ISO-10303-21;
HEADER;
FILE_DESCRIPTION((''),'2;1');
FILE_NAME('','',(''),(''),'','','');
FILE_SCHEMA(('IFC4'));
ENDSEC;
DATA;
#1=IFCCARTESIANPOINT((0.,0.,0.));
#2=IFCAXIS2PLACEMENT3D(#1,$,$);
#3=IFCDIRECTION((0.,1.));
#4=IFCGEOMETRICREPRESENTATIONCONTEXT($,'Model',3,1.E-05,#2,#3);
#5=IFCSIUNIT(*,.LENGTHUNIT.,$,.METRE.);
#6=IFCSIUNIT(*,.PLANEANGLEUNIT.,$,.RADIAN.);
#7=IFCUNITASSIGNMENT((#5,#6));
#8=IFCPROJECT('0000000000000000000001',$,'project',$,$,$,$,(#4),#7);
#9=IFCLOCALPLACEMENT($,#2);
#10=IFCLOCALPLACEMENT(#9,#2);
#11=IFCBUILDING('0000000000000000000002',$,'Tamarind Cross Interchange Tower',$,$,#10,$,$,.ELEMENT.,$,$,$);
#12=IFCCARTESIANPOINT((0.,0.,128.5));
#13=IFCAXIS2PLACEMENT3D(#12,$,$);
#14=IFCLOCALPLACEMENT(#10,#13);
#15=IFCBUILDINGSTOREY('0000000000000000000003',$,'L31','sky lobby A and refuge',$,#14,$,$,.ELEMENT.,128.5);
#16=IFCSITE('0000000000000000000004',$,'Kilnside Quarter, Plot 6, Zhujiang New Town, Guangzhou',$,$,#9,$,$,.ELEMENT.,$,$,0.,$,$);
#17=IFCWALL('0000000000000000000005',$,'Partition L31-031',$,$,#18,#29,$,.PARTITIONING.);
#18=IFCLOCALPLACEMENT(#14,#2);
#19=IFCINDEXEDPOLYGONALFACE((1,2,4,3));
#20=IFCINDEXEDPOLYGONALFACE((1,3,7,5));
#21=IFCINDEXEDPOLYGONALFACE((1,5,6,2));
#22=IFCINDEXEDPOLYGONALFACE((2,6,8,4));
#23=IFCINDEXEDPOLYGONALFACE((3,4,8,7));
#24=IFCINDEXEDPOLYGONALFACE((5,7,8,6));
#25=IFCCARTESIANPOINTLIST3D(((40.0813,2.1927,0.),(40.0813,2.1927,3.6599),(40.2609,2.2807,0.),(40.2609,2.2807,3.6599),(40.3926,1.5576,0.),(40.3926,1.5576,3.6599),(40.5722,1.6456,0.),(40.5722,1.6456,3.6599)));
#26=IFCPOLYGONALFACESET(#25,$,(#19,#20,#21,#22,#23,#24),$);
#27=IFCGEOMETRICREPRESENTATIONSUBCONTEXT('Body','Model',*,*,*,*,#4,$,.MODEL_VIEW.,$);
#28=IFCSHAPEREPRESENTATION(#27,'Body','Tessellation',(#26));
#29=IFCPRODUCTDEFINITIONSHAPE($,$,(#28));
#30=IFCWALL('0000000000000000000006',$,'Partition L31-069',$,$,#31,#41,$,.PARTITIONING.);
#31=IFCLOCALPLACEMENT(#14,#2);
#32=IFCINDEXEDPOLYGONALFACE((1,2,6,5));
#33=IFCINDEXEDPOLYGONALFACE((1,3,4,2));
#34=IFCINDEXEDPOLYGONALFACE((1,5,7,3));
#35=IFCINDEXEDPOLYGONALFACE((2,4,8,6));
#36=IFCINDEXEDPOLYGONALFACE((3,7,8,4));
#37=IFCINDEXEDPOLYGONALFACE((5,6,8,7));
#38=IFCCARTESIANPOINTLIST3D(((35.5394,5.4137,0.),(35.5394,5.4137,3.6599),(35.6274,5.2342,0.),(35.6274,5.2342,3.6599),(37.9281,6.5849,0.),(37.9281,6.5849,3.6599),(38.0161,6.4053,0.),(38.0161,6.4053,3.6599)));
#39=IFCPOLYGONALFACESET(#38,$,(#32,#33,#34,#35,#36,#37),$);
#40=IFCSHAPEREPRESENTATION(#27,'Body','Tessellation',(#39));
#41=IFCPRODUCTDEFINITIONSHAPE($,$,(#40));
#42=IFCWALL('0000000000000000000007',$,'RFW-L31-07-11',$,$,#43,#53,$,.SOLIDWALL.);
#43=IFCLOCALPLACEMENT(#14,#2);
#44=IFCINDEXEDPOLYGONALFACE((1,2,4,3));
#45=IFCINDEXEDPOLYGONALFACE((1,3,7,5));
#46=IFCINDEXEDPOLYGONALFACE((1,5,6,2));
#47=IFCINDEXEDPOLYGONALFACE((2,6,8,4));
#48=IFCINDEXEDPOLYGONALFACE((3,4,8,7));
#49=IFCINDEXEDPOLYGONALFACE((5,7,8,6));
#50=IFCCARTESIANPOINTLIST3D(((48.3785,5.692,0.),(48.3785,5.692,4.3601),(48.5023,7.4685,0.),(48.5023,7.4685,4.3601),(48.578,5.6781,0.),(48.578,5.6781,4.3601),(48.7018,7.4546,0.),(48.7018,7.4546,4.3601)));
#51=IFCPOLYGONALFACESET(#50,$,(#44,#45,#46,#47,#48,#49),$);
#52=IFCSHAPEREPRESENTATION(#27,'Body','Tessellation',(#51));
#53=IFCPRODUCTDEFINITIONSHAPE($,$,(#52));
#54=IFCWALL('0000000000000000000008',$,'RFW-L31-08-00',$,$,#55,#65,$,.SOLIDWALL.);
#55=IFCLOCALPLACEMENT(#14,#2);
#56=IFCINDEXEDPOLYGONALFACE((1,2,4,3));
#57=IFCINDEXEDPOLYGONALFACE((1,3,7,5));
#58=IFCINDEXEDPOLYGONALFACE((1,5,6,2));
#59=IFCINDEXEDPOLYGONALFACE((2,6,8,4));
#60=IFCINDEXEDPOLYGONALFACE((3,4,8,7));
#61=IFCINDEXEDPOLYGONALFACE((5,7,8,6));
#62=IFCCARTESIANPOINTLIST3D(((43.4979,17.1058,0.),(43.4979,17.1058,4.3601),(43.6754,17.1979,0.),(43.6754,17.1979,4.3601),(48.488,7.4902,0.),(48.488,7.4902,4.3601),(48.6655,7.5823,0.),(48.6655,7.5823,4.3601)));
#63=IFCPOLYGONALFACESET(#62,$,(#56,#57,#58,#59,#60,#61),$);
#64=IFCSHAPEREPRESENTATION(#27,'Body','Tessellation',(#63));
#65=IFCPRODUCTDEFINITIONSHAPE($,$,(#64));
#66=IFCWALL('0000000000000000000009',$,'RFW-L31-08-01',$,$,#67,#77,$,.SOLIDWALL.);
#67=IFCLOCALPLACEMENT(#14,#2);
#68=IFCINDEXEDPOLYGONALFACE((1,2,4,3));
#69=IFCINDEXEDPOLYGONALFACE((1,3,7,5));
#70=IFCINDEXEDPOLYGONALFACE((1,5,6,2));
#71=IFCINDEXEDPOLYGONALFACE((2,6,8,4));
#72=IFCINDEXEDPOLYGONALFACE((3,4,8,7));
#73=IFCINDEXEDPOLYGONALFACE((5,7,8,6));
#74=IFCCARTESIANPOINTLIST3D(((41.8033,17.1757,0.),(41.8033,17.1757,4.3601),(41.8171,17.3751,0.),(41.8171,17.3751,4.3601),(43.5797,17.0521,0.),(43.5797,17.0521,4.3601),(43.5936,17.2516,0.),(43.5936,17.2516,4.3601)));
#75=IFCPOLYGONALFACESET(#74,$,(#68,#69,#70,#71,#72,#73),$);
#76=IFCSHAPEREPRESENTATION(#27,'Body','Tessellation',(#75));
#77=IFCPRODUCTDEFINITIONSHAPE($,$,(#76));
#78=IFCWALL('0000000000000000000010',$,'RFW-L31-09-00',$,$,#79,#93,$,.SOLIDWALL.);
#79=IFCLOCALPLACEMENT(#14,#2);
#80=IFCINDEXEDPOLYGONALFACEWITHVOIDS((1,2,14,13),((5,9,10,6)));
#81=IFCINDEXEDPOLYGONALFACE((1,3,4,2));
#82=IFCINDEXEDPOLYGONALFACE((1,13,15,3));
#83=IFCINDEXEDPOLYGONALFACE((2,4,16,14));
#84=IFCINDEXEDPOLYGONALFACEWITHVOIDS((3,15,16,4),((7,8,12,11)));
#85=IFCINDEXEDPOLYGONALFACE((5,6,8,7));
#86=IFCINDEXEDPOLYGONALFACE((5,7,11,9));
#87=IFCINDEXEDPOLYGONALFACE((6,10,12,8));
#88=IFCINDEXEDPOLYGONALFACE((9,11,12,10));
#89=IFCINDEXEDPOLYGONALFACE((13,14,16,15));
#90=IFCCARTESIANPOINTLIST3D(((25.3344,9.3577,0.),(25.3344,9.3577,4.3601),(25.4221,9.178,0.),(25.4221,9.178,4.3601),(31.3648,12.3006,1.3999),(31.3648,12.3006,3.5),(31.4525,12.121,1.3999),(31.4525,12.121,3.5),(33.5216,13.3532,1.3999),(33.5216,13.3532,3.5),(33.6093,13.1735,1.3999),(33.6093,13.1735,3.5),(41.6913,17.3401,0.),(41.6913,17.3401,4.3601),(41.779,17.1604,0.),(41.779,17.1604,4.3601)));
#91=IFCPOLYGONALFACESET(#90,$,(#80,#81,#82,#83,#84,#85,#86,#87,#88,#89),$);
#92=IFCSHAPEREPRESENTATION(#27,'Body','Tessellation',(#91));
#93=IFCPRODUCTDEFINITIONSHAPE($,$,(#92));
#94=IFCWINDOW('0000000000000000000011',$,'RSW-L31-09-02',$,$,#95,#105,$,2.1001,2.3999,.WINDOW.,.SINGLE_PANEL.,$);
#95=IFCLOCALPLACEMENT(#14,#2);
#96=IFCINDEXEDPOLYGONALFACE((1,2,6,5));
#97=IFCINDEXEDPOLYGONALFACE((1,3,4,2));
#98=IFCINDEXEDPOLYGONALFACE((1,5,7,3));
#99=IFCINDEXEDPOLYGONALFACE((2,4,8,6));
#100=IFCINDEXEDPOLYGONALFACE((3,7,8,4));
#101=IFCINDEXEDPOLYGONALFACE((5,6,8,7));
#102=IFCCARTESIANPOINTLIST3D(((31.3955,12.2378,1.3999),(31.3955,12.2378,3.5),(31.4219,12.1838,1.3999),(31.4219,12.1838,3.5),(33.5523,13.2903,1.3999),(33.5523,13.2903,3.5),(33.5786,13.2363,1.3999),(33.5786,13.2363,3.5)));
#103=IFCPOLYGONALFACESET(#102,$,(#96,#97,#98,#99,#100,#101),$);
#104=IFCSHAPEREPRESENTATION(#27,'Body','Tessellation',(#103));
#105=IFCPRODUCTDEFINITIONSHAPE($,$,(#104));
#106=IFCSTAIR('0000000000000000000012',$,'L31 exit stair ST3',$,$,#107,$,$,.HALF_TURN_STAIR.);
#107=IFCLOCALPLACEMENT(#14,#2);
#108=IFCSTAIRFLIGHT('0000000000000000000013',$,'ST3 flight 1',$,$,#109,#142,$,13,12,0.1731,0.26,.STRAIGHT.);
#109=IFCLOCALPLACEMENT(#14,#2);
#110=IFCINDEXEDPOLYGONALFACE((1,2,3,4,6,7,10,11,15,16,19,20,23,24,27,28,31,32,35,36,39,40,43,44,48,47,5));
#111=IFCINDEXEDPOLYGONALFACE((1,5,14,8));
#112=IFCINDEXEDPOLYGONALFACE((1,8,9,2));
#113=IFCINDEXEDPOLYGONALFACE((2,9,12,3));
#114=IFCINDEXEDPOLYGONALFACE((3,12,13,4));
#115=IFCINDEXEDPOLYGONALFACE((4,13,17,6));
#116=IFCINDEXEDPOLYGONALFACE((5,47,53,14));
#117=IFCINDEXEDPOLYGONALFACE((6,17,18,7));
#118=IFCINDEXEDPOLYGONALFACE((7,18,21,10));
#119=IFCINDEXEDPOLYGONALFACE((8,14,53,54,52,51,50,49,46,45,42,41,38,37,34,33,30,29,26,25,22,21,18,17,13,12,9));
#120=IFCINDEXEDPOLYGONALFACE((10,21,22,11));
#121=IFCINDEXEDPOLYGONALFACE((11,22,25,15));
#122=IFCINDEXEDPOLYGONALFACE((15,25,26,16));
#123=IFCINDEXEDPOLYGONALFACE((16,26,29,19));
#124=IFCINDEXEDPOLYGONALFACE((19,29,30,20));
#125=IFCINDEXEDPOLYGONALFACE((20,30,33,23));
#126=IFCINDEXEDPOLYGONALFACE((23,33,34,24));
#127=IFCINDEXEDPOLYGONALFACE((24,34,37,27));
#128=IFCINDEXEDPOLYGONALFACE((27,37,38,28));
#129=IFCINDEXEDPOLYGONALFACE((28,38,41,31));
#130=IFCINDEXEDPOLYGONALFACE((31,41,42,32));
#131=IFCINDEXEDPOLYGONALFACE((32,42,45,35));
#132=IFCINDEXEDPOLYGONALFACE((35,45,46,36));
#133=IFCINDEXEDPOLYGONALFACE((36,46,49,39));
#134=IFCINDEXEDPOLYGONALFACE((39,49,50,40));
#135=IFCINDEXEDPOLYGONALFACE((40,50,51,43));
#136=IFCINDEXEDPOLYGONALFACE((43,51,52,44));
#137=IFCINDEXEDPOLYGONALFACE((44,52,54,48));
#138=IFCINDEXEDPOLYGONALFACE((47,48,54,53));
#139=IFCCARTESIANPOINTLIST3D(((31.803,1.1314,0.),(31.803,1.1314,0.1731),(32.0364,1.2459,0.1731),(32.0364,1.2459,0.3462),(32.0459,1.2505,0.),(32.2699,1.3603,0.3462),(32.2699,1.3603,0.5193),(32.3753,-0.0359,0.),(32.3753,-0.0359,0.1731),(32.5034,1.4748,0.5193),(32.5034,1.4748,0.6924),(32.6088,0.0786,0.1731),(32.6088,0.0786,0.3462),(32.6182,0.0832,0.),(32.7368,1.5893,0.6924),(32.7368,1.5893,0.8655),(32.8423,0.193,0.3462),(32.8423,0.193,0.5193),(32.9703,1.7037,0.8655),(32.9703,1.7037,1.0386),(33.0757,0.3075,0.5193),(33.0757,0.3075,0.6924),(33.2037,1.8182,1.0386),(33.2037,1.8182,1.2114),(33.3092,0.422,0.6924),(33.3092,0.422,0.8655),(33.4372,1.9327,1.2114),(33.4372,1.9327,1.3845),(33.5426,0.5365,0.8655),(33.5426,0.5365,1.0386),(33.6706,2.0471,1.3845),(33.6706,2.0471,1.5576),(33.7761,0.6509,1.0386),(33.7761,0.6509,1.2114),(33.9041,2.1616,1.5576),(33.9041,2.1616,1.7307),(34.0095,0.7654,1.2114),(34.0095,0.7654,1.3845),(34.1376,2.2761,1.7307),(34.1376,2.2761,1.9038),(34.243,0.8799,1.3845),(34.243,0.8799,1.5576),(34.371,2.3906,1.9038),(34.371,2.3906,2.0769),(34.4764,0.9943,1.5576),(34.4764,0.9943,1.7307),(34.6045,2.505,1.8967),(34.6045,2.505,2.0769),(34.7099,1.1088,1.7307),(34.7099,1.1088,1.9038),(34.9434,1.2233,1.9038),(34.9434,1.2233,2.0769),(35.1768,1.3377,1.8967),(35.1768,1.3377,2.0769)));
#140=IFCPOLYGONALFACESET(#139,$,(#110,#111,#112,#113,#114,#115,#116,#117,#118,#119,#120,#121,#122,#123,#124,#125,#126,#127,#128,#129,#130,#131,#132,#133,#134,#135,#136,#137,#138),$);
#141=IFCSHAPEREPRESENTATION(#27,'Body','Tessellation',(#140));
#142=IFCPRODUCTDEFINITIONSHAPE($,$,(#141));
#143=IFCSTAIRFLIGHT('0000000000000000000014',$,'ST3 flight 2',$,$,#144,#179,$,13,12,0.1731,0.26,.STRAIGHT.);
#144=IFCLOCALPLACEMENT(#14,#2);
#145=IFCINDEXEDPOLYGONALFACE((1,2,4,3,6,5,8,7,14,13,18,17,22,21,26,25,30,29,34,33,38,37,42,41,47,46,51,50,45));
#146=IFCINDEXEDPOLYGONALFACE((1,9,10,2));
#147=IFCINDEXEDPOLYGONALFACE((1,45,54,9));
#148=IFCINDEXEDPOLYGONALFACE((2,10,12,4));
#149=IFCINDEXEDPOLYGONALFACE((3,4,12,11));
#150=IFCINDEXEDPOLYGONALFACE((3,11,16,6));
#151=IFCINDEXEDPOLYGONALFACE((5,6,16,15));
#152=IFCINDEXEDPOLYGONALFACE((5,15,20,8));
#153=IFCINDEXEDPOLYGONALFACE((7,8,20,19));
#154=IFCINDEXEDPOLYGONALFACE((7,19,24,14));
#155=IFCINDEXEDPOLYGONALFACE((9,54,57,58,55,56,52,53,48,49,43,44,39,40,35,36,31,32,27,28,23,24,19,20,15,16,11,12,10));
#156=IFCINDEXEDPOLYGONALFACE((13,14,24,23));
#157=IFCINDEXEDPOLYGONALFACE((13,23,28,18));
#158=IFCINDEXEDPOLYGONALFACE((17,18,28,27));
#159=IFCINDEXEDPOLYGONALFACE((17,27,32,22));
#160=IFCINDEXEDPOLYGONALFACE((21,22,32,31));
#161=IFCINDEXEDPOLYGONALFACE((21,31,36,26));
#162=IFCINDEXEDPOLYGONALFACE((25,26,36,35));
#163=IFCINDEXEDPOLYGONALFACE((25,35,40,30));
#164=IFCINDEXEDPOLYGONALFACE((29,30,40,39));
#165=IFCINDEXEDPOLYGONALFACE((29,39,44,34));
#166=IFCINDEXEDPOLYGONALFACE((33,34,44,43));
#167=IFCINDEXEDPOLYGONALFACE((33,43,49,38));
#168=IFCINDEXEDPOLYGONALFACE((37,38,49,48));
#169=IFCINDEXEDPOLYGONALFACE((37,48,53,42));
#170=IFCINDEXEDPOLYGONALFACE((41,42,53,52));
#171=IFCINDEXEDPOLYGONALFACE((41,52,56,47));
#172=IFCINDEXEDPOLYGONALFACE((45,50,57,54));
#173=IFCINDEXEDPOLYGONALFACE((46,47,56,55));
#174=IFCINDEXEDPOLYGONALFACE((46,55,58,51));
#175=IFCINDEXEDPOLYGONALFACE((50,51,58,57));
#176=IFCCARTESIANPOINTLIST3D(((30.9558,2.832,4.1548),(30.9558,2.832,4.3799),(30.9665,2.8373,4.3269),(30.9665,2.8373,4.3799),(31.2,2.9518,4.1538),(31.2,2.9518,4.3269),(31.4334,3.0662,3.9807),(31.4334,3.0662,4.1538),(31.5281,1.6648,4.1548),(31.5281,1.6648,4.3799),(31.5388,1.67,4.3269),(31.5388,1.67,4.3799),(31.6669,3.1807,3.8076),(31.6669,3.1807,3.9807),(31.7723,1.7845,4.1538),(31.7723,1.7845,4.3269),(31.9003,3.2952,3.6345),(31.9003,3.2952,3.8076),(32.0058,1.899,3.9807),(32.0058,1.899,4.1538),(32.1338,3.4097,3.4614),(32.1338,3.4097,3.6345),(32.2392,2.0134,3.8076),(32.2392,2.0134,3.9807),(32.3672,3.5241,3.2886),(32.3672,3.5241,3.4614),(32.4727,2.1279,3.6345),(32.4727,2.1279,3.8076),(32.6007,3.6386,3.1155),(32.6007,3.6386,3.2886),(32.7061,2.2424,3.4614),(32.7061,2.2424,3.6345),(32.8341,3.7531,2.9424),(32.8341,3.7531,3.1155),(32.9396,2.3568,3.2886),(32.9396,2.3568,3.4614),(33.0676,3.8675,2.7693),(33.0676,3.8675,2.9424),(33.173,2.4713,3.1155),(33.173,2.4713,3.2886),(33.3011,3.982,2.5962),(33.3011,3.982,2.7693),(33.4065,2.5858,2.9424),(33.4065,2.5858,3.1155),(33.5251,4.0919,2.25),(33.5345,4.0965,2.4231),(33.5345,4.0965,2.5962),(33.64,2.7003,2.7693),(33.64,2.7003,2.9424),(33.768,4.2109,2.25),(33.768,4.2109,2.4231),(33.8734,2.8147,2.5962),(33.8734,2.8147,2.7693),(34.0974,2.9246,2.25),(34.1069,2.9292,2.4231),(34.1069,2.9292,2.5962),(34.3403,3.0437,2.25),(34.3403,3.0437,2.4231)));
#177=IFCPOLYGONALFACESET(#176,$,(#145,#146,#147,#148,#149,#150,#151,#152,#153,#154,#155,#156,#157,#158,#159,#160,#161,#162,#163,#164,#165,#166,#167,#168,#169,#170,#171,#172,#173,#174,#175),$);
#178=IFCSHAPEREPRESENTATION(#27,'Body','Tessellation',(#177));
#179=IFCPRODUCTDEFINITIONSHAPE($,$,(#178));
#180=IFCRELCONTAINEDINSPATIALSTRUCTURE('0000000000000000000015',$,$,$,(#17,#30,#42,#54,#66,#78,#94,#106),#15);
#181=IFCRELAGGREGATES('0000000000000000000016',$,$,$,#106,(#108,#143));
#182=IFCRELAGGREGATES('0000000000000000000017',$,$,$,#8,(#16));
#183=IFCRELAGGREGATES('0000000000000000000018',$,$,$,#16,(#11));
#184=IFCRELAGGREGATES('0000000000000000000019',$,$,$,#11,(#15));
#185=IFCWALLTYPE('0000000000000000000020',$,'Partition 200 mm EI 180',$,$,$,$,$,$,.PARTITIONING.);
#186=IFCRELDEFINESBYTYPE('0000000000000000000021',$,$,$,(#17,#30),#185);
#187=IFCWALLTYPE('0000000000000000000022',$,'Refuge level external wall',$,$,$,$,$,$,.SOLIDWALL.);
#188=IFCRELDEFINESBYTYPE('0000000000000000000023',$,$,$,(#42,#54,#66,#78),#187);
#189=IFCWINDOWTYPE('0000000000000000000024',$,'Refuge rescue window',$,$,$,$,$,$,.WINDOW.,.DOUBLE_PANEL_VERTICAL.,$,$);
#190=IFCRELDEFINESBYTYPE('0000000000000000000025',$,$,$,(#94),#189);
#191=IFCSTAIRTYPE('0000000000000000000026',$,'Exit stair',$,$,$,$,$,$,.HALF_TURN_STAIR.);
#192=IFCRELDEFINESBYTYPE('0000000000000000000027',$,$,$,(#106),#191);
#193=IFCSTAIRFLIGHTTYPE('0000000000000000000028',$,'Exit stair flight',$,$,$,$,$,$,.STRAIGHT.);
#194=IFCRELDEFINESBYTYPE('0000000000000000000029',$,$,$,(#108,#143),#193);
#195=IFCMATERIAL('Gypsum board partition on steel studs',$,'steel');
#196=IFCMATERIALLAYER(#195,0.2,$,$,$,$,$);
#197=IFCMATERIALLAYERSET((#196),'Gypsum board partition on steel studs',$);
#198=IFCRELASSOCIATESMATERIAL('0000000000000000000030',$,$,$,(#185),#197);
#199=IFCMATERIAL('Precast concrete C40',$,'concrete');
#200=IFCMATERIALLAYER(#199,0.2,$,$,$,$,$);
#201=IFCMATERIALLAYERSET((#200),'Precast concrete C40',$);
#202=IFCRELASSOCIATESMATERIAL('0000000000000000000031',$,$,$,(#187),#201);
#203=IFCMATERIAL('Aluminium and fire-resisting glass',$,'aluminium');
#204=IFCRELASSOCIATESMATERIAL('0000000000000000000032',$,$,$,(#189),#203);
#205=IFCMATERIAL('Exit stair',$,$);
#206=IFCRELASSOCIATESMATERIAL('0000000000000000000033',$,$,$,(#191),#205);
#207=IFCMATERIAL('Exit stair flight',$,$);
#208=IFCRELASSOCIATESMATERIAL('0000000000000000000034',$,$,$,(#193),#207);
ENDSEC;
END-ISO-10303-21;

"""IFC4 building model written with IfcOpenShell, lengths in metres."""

from ifc_helpers import new_model, si_unit, direction, frame, frame_2d, origin, place, context, subcontext, project, spatial, polyline, rectangle, outline, extrude, material, layer, layer_set, type_object, element, fill, aggregate, save


model = new_model("IFC4")

# Units and contexts
model_context = context("Model", 3, precision=1e-05, world=origin(), true_north=direction((0.0, 1.0)))
body_context = subcontext(model_context, "Body", "Model", "MODEL_VIEW")
ifc_project = project(units=[si_unit("LENGTHUNIT", "METRE"), si_unit("PLANEANGLEUNIT", "RADIAN")], contexts=[model_context])

# Site, building, storey
site_placement = place(None, origin())
site = spatial("IfcSite", under=ifc_project, at=site_placement, Name="Kilnside Quarter, Plot 6, Zhujiang New Town, Guangzhou", CompositionType="ELEMENT", RefElevation=0.0)
building_placement = place(site_placement, origin())
building = spatial("IfcBuilding", under=site, at=building_placement, Name="Tamarind Cross Interchange Tower", CompositionType="ELEMENT")
storey_placement = place(building_placement, frame((0.0, 0.0, 128.5)))
storey = spatial("IfcBuildingStorey", under=building, at=storey_placement, Name="L31", Description="sky lobby A and refuge", CompositionType="ELEMENT", Elevation=128.5)

# Shared definitions
ifc_material_1 = material(Name="Gypsum board partition on steel studs", Category="steel")
ifc_layer_1 = layer(ifc_material_1, 0.2)
ifc_layer_set_1 = layer_set([ifc_layer_1], Name="Gypsum board partition on steel studs")
wall_type_1 = type_object("IfcWallType", Name="Partition 200 mm EI 180", PredefinedType="PARTITIONING", material=ifc_layer_set_1)

# Walls
wall_1_placement = place(storey_placement, frame((40.1711, 2.2366, 0.0), z_axis=(0.0, 0.0, 1.0), x_axis=(0.440157, -0.897921, 0.0)))
element("IfcWall", 1, at=wall_1_placement, inside=storey, type_object=wall_type_1, Name="Partition L31-031", PredefinedType="PARTITIONING", context=body_context, shape_type="SweptSolid", body=[
    extrude(rectangle(XDim=0.7073, YDim=0.2, at=frame_2d((0.3535, 0.0))), origin(), (0.0, 0.0, 1.0), 3.6599),
])
wall_2_placement = place(storey_placement, frame((35.5835, 5.324, 0.0), z_axis=(0.0, 0.0, 1.0), x_axis=(0.897887, 0.440225, 0.0)))
element("IfcWall", 2, at=wall_2_placement, inside=storey, type_object=wall_type_1, Name="Partition L31-069", PredefinedType="PARTITIONING", context=body_context, shape_type="SweptSolid", body=[
    extrude(rectangle(XDim=2.6604, YDim=0.2, at=frame_2d((1.3301, 0.0))), origin(), (0.0, 0.0, 1.0), 3.6599),
])
ifc_material_2 = material(Name="Precast concrete C40", Category="concrete")
ifc_layer_2 = layer(ifc_material_2, 0.2)
ifc_layer_set_2 = layer_set([ifc_layer_2], Name="Precast concrete C40")
wall_type_2 = type_object("IfcWallType", Name="Refuge level external wall", PredefinedType="SOLIDWALL", material=ifc_layer_set_2)
wall_3_placement = place(storey_placement, frame((48.4783, 5.6851, 0.0), z_axis=(0.0, 0.0, 1.0), x_axis=(0.069513, 0.997581, 0.0)))
element("IfcWall", 3, at=wall_3_placement, inside=storey, type_object=wall_type_2, Name="RFW-L31-07-11", PredefinedType="SOLIDWALL", context=body_context, shape_type="SweptSolid", body=[
    extrude(rectangle(XDim=1.7808, YDim=0.2, at=frame_2d((0.8904, 0.0))), origin(), (0.0, 0.0, 1.0), 4.3601),
])
wall_4_placement = place(storey_placement, frame((48.5767, 7.5364, 0.0), z_axis=(0.0, 0.0, 1.0), x_axis=(-0.460622, 0.887597, 0.0)))
element("IfcWall", 4, at=wall_4_placement, inside=storey, type_object=wall_type_2, Name="RFW-L31-08-00", PredefinedType="SOLIDWALL", context=body_context, shape_type="SweptSolid", body=[
    extrude(rectangle(XDim=10.8333, YDim=0.2, at=frame_2d((5.4165, 0.0))), origin(), (0.0, 0.0, 1.0), 4.3601),
])
wall_5_placement = place(storey_placement, frame((43.5867, 17.1519, 0.0), z_axis=(0.0, 0.0, 1.0), x_axis=(-0.997591, 0.069376, 0.0)))
element("IfcWall", 5, at=wall_5_placement, inside=storey, type_object=wall_type_2, Name="RFW-L31-08-01", PredefinedType="SOLIDWALL", context=body_context, shape_type="SweptSolid", body=[
    extrude(rectangle(XDim=1.7808, YDim=0.2, at=frame_2d((0.8904, 0.0))), origin(), (0.0, 0.0, 1.0), 4.3601),
])

# Wall, opening, window
wall_6_placement = place(storey_placement, frame((41.7351, 17.2502, 0.0), z_axis=(0.0, 0.0, 1.0), x_axis=(-0.898694, -0.438576, 0.0)))
wall_6 = element("IfcWall", 6, at=wall_6_placement, inside=storey, type_object=wall_type_2, Name="RFW-L31-09-00", PredefinedType="SOLIDWALL", context=body_context, shape_type="SweptSolid", body=[
    extrude(rectangle(XDim=18.2007, YDim=0.2, at=frame_2d((9.1003, 0.0))), origin(), (0.0, 0.0, 1.0), 4.3601),
])
opening_1_placement = place(wall_6_placement, frame((9.0906, 0.0, 1.3999)))
opening_1 = element("IfcOpeningElement", 7, at=opening_1_placement, cuts=wall_6, PredefinedType="OPENING", context=body_context, shape_type="SweptSolid", body=[
    extrude(rectangle(XDim=2.3999, YDim=2.1001, at=frame_2d((1.2, 1.05))), frame((0.0, 0.1099, 0.0), z_axis=(0.0, -1.0, 0.0), x_axis=(1.0, 0.0, 0.0)), (0.0, 0.0, 1.0), 0.22),
])
ifc_material_3 = material(Name="Aluminium and fire-resisting glass", Category="aluminium")
window_type = type_object("IfcWindowType", Name="Refuge rescue window", PartitioningType="DOUBLE_PANEL_VERTICAL", PredefinedType="WINDOW", material=ifc_material_3)
window_placement = place(opening_1_placement, origin())
window = element("IfcWindow", 8, at=window_placement, inside=storey, type_object=window_type, Name="RSW-L31-09-02", OverallHeight=2.1001, OverallWidth=2.3999, PartitioningType="SINGLE_PANEL", PredefinedType="WINDOW", context=body_context, shape_type="SweptSolid", body=[
    extrude(rectangle(XDim=2.3999, YDim=2.1001, at=frame_2d((1.2, 1.05))), frame((0.0, 0.03, 0.0), z_axis=(0.0, -1.0, 0.0), x_axis=(1.0, 0.0, 0.0)), (0.0, 0.0, 1.0), 0.0601),
])
fill(opening_1, window)

# Stair, stair flights
ifc_material_4 = material(Name="Exit stair")
stair_type = type_object("IfcStairType", Name="Exit stair", PredefinedType="HALF_TURN_STAIR", material=ifc_material_4)
stair_placement = place(storey_placement, origin())
stair = element("IfcStair", 9, at=stair_placement, inside=storey, type_object=stair_type, Name="L31 exit stair ST3", PredefinedType="HALF_TURN_STAIR")
ifc_material_5 = material(Name="Exit stair flight")
stair_flight_type = type_object("IfcStairFlightType", Name="Exit stair flight", PredefinedType="STRAIGHT", material=ifc_material_5)
stair_flight_1_placement = place(storey_placement, frame((32.0891, 0.5479, 0.0), z_axis=(0.0, 0.0, 1.0), x_axis=(0.897874, 0.440253, 0.0)))
stair_flight_1 = element("IfcStairFlight", 10, at=stair_flight_1_placement, type_object=stair_flight_type, Name="ST3 flight 1", NumberOfRisers=13, NumberOfTreads=12, PredefinedType="STRAIGHT", RiserHeight=0.1731, TreadLength=0.26, context=body_context, shape_type="SweptSolid", body=[
    extrude(outline(polyline([(0.0, 0.0), (0.0, 0.1731), (0.26, 0.1731), (0.26, 0.3462), (0.52, 0.3462), (0.52, 0.5193), (0.78, 0.5193), (0.78, 0.6924), (1.04, 0.6924), (1.04, 0.8655), (1.3, 0.8655), (1.3, 1.0386), (1.5601, 1.0386), (1.5601, 1.2114), (1.8201, 1.2114), (1.8201, 1.3845), (2.0801, 1.3845), (2.0801, 1.5576), (2.3401, 1.5576), (2.3401, 1.7307), (2.6001, 1.7307), (2.6001, 1.9038), (2.8601, 1.9038), (2.8601, 2.0769), (3.1201, 2.0769), (3.1201, 2.25), (3.1201, 1.8967), (0.2705, 0.0), (0.0, 0.0)])), frame((0.0, 0.6499, 0.0), z_axis=(0.0, -1.0, 0.0), x_axis=(1.0, 0.0, 0.0)), (0.0, 0.0, 1.0), 1.3),
])
stair_flight_2_placement = place(storey_placement, frame((34.0542, 3.6272, 2.25), z_axis=(0.0, 0.0, 1.0), x_axis=(-0.897874, -0.440253, 0.0)))
stair_flight_2 = element("IfcStairFlight", 11, at=stair_flight_2_placement, type_object=stair_flight_type, Name="ST3 flight 2", NumberOfRisers=13, NumberOfTreads=12, PredefinedType="STRAIGHT", RiserHeight=0.1731, TreadLength=0.26, context=body_context, shape_type="SweptSolid", body=[
    extrude(outline(polyline([(0.0, 0.0), (0.0, 0.1731), (0.26, 0.1731), (0.26, 0.3462), (0.52, 0.3462), (0.52, 0.5193), (0.78, 0.5193), (0.78, 0.6924), (1.04, 0.6924), (1.04, 0.8655), (1.3, 0.8655), (1.3, 1.0386), (1.5601, 1.0386), (1.5601, 1.2114), (1.8201, 1.2114), (1.8201, 1.3845), (2.0801, 1.3845), (2.0801, 1.5576), (2.3401, 1.5576), (2.3401, 1.7307), (2.6001, 1.7307), (2.6001, 1.9038), (2.8601, 1.9038), (2.8601, 2.0769), (3.1201, 2.0769), (3.1201, 2.1299), (3.1321, 2.1299), (3.1321, 1.9048), (0.2705, 0.0), (0.0, 0.0)])), frame((0.0, 0.6499, 0.0), z_axis=(0.0, -1.0, 0.0), x_axis=(1.0, 0.0, 0.0)), (0.0, 0.0, 1.0), 1.3),
])
aggregate(stair, [stair_flight_1, stair_flight_2])

save(model, "model.ifc")
